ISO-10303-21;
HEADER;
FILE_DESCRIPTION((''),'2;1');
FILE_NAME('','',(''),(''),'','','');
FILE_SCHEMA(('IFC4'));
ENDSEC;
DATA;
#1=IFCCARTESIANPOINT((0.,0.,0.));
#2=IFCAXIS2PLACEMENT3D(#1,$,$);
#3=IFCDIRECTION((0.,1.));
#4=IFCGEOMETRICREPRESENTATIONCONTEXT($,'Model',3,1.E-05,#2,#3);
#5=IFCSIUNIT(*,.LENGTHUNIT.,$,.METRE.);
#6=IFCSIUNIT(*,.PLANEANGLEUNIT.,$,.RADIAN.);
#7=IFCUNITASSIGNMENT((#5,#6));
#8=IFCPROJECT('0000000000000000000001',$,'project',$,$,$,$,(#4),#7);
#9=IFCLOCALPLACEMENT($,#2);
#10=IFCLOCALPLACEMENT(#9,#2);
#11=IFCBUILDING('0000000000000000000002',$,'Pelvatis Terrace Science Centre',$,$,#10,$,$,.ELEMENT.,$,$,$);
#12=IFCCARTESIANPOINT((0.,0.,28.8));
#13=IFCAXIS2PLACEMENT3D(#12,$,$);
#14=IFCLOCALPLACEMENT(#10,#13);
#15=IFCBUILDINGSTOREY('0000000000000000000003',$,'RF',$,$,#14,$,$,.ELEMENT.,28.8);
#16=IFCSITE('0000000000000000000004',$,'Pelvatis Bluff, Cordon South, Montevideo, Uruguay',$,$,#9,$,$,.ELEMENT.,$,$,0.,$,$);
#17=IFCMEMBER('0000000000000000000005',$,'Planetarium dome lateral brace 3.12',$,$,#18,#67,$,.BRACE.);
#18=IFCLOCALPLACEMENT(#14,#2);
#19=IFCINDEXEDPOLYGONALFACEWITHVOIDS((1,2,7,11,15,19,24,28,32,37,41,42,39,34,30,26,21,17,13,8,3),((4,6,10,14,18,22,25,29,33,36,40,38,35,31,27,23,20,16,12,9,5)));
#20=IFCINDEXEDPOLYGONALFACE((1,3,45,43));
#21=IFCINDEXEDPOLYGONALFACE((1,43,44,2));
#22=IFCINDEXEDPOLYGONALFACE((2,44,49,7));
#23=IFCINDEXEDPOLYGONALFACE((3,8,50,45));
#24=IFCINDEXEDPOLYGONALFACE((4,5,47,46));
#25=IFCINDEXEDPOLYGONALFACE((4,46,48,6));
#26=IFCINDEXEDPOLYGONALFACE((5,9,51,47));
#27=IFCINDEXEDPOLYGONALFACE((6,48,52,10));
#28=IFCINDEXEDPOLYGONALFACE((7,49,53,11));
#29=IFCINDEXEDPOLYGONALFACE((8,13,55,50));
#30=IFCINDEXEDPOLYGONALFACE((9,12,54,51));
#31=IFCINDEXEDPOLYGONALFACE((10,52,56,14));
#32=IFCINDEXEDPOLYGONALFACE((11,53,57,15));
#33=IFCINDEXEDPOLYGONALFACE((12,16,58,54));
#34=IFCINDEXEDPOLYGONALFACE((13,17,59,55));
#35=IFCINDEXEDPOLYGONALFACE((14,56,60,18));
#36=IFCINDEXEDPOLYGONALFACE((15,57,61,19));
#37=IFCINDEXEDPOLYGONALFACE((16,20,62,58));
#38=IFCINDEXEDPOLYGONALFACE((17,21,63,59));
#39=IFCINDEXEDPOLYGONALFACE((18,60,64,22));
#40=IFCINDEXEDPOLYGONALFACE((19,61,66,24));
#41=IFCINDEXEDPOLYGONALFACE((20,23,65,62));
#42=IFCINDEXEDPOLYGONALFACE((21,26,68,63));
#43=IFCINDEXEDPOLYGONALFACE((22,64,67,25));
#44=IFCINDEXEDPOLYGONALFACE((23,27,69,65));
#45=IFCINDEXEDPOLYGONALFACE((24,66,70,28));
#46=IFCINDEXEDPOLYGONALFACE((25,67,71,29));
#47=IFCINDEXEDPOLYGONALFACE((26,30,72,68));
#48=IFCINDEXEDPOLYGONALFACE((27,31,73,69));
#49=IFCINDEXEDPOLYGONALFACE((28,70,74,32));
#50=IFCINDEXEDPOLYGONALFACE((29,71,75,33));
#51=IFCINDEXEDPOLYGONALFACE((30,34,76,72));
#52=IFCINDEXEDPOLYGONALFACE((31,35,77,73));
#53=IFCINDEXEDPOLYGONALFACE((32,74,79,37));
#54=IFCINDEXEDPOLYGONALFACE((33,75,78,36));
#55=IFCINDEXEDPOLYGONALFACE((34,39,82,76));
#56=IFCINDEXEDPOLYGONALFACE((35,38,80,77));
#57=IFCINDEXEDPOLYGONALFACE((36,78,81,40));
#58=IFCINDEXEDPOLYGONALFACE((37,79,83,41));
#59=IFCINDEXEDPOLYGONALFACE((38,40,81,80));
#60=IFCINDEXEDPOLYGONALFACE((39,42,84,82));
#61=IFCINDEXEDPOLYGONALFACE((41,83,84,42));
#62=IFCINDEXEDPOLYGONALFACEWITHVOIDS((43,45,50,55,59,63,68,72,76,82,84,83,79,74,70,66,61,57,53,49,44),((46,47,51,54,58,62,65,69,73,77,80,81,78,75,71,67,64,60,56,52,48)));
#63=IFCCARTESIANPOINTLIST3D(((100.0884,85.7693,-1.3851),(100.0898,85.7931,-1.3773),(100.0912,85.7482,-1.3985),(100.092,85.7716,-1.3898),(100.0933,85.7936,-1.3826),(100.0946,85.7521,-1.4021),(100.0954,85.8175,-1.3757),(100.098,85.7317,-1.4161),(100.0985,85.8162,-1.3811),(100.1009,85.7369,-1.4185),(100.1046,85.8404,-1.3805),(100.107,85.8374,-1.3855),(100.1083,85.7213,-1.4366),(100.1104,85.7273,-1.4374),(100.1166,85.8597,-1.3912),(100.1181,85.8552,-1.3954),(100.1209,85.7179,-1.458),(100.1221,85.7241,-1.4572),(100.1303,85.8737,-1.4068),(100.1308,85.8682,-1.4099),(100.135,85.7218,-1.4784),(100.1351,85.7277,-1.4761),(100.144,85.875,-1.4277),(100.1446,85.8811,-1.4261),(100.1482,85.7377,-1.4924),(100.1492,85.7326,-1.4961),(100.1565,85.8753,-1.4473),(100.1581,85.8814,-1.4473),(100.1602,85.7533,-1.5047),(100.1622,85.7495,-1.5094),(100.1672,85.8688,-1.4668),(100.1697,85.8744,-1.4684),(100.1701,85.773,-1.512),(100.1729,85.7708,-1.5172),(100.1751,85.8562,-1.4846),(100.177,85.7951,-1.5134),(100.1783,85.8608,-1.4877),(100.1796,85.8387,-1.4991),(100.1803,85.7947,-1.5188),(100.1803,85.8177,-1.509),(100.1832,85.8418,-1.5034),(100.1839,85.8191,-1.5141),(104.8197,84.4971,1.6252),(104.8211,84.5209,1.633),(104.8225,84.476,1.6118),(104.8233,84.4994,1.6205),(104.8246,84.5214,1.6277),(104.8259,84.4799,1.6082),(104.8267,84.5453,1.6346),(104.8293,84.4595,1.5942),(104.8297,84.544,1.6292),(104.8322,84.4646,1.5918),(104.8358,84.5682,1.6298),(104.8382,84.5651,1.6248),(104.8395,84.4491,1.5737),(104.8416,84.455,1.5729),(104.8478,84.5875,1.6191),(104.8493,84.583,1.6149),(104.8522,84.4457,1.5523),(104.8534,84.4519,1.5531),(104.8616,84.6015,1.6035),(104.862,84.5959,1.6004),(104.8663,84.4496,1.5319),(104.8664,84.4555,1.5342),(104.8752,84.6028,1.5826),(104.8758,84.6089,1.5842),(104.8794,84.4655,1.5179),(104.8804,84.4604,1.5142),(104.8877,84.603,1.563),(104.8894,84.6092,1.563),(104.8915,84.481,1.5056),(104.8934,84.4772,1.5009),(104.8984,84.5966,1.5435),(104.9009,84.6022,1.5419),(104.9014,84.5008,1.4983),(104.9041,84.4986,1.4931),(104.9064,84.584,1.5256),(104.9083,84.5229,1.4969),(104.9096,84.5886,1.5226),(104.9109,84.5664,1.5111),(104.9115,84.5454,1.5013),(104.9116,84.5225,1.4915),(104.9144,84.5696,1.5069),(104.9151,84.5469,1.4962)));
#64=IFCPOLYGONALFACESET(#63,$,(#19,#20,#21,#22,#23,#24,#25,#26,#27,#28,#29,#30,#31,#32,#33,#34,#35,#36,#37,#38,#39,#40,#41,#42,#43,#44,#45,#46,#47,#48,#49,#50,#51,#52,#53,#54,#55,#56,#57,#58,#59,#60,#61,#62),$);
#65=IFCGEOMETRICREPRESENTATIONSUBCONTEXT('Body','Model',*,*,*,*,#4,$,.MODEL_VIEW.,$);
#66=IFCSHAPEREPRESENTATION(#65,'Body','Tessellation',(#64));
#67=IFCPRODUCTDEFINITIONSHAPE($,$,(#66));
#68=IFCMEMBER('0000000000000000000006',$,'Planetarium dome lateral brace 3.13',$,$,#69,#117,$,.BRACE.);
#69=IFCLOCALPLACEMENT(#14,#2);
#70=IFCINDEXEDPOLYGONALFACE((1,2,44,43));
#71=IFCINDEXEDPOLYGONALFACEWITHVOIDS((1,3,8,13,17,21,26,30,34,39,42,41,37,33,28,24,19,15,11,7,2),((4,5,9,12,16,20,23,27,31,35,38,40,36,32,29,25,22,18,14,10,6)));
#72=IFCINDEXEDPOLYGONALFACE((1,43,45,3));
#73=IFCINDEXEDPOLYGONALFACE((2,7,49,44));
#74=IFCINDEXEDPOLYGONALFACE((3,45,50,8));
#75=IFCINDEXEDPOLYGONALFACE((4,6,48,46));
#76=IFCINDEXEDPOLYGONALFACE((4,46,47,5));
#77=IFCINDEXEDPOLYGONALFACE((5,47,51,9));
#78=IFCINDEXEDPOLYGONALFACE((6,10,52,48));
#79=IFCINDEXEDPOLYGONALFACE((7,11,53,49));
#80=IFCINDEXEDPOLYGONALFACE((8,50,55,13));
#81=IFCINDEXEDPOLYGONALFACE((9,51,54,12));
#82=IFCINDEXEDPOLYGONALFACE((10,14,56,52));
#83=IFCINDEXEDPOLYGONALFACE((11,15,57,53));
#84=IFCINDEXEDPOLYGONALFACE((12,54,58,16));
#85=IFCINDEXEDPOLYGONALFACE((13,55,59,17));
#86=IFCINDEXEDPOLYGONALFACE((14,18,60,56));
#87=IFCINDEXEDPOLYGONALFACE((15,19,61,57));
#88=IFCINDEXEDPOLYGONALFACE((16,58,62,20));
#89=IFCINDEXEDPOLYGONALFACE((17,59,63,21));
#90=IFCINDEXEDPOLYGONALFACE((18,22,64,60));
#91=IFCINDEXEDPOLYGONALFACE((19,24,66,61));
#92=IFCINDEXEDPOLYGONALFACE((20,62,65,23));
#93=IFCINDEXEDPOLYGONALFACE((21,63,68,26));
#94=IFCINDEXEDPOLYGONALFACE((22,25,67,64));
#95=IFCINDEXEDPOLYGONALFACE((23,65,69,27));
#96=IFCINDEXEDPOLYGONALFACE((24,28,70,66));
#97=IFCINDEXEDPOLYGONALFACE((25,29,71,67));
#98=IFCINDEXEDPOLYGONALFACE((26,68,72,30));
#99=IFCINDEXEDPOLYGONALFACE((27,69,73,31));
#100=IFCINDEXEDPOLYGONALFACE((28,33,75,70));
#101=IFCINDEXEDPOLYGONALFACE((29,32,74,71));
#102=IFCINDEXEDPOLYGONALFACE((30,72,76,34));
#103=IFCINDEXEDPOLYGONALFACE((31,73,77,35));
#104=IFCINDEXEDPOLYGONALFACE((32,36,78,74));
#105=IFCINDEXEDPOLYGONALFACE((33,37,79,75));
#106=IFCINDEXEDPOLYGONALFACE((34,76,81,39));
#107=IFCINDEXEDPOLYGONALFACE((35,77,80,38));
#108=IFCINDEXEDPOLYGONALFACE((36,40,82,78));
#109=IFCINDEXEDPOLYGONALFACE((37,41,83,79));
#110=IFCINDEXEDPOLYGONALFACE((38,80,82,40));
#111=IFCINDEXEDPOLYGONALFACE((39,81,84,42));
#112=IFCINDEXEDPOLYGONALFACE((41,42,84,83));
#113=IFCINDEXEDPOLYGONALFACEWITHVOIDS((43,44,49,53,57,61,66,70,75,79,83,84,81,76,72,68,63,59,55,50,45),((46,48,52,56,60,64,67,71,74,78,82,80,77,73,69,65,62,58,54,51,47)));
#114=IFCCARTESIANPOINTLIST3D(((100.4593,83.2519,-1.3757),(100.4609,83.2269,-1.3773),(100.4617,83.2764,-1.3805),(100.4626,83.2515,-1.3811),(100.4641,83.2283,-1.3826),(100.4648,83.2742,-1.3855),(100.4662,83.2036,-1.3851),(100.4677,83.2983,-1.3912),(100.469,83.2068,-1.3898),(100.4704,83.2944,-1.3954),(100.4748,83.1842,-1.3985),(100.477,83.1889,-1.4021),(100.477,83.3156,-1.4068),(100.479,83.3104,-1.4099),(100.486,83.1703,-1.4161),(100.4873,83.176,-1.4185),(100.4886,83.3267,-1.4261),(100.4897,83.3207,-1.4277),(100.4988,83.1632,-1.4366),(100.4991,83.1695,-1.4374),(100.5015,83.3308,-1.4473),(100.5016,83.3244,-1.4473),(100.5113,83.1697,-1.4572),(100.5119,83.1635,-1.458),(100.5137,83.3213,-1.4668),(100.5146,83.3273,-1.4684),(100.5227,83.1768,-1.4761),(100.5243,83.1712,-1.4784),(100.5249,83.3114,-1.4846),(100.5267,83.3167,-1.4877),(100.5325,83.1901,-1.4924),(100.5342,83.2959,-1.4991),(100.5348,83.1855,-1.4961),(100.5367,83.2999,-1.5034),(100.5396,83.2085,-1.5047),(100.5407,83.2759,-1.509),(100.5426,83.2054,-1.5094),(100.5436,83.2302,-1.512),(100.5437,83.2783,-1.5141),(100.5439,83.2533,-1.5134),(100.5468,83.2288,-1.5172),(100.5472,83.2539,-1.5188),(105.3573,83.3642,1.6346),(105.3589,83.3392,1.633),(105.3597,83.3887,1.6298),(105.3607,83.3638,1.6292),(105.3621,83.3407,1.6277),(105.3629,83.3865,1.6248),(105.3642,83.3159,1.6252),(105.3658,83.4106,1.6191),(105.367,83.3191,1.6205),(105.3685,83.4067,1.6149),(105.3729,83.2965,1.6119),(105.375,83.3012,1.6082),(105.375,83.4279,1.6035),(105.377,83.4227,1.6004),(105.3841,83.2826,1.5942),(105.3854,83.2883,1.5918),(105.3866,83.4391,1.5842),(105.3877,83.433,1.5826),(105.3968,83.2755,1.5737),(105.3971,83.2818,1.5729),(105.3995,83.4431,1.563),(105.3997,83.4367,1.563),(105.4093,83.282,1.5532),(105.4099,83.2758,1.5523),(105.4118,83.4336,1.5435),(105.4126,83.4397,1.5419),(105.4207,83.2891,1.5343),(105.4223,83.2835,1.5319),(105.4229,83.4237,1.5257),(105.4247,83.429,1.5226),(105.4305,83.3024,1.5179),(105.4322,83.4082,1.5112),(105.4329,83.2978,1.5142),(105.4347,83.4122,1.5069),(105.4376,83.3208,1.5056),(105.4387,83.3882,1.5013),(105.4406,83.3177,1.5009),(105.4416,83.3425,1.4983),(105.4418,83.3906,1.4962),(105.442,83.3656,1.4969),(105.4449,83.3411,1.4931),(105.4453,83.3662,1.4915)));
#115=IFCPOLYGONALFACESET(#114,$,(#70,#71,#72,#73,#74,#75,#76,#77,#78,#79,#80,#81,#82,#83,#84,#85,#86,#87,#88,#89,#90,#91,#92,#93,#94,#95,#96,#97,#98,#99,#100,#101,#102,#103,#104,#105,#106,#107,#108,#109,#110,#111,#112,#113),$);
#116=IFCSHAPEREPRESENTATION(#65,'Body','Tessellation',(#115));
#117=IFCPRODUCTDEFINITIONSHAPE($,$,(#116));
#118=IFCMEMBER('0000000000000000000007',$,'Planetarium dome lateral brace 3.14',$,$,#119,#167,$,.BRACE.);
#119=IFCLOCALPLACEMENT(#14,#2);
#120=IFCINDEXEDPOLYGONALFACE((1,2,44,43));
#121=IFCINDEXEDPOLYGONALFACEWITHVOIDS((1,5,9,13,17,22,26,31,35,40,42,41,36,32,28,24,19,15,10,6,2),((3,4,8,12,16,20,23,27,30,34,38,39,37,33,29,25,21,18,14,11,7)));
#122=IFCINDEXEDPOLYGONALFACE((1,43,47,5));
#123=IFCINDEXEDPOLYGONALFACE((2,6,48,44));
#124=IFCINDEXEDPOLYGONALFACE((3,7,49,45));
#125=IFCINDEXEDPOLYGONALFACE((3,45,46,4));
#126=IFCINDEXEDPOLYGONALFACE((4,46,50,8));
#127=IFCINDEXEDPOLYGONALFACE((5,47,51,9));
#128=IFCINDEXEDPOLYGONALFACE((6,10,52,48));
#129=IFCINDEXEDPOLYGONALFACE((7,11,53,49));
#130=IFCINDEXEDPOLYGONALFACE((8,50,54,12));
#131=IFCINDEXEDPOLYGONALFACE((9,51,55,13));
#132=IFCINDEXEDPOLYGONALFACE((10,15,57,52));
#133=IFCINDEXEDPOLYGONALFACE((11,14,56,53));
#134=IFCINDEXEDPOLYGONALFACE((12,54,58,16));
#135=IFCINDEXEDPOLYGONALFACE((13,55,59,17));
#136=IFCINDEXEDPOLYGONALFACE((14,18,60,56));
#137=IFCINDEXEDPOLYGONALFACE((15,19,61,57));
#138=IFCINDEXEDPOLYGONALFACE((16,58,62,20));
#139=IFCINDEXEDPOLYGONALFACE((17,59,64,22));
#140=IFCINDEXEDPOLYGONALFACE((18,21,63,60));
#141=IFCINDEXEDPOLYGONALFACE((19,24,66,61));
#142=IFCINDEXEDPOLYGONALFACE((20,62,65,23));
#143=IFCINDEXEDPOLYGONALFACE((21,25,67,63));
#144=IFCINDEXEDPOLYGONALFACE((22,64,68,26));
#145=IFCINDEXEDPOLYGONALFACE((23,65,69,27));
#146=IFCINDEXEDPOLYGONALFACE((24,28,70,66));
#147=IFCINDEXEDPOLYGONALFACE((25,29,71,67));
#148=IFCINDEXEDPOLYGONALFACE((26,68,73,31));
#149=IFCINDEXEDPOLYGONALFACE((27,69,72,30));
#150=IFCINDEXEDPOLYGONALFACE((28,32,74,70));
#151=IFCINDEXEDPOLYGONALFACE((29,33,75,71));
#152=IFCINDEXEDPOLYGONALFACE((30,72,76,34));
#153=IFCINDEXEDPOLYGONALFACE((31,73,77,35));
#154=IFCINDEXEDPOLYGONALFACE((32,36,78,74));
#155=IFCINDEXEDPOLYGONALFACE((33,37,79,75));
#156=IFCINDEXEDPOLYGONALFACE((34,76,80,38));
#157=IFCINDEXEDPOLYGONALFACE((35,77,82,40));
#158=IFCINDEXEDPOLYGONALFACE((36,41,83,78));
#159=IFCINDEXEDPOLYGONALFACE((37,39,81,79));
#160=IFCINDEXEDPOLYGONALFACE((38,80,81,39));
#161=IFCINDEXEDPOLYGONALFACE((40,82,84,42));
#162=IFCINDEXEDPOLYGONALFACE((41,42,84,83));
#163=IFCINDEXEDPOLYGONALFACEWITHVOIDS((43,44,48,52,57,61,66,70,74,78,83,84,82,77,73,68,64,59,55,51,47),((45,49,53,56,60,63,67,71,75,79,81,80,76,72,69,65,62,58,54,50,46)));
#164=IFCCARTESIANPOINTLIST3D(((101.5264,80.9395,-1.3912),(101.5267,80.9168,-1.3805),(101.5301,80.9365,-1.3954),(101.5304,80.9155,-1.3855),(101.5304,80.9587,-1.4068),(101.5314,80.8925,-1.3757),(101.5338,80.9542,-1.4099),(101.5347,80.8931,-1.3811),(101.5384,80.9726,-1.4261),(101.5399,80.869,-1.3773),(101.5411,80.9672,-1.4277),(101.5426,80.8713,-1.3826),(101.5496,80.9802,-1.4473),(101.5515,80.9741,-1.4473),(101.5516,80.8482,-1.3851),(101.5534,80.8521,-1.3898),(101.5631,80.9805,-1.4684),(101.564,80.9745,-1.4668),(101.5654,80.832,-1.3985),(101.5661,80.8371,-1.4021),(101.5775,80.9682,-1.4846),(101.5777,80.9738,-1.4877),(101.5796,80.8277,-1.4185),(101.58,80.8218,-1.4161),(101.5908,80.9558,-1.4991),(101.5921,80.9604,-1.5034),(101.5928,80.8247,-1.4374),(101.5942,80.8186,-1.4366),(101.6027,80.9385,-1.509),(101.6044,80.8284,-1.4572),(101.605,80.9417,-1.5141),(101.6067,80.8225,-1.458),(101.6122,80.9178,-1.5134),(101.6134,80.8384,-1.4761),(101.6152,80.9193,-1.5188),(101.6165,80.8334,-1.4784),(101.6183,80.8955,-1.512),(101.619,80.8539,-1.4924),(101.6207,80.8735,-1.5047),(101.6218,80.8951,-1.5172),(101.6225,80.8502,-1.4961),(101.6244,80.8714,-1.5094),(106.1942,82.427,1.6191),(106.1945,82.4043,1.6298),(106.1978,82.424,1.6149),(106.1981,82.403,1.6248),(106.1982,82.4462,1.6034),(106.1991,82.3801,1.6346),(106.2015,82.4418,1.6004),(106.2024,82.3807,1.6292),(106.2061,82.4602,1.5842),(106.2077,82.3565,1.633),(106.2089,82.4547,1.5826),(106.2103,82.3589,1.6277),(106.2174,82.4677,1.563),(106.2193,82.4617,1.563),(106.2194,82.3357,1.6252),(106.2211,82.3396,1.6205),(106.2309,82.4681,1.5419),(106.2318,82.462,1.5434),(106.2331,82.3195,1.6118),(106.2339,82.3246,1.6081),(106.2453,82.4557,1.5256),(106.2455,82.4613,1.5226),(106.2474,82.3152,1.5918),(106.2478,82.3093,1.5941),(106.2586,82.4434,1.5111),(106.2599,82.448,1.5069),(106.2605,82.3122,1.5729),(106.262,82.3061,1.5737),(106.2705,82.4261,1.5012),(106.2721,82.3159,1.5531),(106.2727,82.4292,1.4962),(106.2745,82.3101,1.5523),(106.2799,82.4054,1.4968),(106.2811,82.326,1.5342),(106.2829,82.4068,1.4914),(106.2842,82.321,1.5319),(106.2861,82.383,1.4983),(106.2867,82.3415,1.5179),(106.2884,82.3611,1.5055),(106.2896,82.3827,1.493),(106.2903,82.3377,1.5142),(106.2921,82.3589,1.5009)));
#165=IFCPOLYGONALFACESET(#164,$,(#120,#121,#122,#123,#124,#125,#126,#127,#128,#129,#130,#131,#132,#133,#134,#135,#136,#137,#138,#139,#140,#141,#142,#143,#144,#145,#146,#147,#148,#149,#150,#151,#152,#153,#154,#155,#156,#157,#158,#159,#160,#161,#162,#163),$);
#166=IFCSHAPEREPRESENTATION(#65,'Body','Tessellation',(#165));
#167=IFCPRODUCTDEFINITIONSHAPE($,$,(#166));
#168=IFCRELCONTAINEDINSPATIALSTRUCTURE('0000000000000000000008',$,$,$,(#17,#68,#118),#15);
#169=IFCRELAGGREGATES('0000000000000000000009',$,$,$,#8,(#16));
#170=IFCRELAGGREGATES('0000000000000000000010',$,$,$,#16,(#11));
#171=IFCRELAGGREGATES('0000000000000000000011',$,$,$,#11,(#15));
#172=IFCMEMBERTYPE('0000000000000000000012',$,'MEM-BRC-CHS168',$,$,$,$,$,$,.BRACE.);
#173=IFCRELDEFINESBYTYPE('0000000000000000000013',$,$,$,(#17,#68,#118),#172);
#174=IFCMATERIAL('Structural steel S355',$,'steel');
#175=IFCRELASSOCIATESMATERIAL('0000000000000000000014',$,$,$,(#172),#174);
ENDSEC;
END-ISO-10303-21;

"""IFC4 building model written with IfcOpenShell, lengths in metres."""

from ifc_helpers import new_model, si_unit, direction, frame, origin, origin_2d, place, context, subcontext, project, spatial, hollow_circle, extrude, material, material_profile, profile_set, type_object, element, save


model = new_model("IFC4")

# Units and contexts
model_context = context("Model", 3, precision=1e-05, world=origin(), true_north=direction((0.0, 1.0)))
body_context = subcontext(model_context, "Body", "Model", "MODEL_VIEW")
ifc_project = project(units=[si_unit("LENGTHUNIT", "METRE"), si_unit("PLANEANGLEUNIT", "RADIAN")], contexts=[model_context])

# Site, building, storey
site_placement = place(None, origin())
site = spatial("IfcSite", under=ifc_project, at=site_placement, Name="Pelvatis Bluff, Cordon South, Montevideo, Uruguay", CompositionType="ELEMENT", RefElevation=0.0)
building_placement = place(site_placement, origin())
building = spatial("IfcBuilding", under=site, at=building_placement, Name="Pelvatis Terrace Science Centre", CompositionType="ELEMENT")
storey_placement = place(building_placement, frame((0.0, 0.0, 28.8)))
storey = spatial("IfcBuildingStorey", under=building, at=storey_placement, Name="RF", CompositionType="ELEMENT", Elevation=28.8)

# Members
ifc_material_1 = material(Name="Structural steel S355", Category="steel")
ifc_material_profile_1 = material_profile(ifc_material_1, hollow_circle(Radius=0.0842, WallThickness=0.0063, at=origin_2d()), Name="CHS 168.3x6.3")
ifc_profile_set_1 = profile_set([ifc_material_profile_1], Name="Structural steel S355")
member_type_1 = type_object("IfcMemberType", Name="MEM-BRC-CHS168", PredefinedType="BRACE", material=ifc_profile_set_1)
for number, where, z_axis, x_axis, name in (
    (1, (100.1362, 85.8, -1.4473), (0.822794, -0.221249, 0.523507), (0.259675, 0.965696, 0.0), "Planetarium dome lateral brace 3.12"),
    (2, (100.5034, 83.2466, -1.4473), (0.851796, 0.019531, 0.523509), (-0.022923, 0.999737, 0.0), "Planetarium dome lateral brace 3.13"),
):
    element("IfcMember", number, at=place(storey_placement, frame(where, z_axis=z_axis, x_axis=x_axis)), inside=storey, type_object=member_type_1, Name=name, PredefinedType="BRACE", context=body_context, shape_type="SweptSolid", body=[
        extrude(hollow_circle(Radius=0.0842, WallThickness=0.0063, at=origin_2d()), origin(), (0.0, 0.0, 1.0), 5.7502),
    ])
for number, where, z_axis, x_axis, name in (
    (3, (101.5752, 80.8999, -1.4473), (0.811783, 0.258706, 0.523526), (-0.303642, 0.952786, 0.0), "Planetarium dome lateral brace 3.14"),
):
    element("IfcMember", number, at=place(storey_placement, frame(where, z_axis=z_axis, x_axis=x_axis)), inside=storey, type_object=member_type_1, Name=name, PredefinedType="BRACE", context=body_context, shape_type="SweptSolid", body=[
        extrude(hollow_circle(Radius=0.0842, WallThickness=0.0063, at=origin_2d()), origin(), (0.0, 0.0, 1.0), 5.75),
    ])

save(model, "model.ifc")
